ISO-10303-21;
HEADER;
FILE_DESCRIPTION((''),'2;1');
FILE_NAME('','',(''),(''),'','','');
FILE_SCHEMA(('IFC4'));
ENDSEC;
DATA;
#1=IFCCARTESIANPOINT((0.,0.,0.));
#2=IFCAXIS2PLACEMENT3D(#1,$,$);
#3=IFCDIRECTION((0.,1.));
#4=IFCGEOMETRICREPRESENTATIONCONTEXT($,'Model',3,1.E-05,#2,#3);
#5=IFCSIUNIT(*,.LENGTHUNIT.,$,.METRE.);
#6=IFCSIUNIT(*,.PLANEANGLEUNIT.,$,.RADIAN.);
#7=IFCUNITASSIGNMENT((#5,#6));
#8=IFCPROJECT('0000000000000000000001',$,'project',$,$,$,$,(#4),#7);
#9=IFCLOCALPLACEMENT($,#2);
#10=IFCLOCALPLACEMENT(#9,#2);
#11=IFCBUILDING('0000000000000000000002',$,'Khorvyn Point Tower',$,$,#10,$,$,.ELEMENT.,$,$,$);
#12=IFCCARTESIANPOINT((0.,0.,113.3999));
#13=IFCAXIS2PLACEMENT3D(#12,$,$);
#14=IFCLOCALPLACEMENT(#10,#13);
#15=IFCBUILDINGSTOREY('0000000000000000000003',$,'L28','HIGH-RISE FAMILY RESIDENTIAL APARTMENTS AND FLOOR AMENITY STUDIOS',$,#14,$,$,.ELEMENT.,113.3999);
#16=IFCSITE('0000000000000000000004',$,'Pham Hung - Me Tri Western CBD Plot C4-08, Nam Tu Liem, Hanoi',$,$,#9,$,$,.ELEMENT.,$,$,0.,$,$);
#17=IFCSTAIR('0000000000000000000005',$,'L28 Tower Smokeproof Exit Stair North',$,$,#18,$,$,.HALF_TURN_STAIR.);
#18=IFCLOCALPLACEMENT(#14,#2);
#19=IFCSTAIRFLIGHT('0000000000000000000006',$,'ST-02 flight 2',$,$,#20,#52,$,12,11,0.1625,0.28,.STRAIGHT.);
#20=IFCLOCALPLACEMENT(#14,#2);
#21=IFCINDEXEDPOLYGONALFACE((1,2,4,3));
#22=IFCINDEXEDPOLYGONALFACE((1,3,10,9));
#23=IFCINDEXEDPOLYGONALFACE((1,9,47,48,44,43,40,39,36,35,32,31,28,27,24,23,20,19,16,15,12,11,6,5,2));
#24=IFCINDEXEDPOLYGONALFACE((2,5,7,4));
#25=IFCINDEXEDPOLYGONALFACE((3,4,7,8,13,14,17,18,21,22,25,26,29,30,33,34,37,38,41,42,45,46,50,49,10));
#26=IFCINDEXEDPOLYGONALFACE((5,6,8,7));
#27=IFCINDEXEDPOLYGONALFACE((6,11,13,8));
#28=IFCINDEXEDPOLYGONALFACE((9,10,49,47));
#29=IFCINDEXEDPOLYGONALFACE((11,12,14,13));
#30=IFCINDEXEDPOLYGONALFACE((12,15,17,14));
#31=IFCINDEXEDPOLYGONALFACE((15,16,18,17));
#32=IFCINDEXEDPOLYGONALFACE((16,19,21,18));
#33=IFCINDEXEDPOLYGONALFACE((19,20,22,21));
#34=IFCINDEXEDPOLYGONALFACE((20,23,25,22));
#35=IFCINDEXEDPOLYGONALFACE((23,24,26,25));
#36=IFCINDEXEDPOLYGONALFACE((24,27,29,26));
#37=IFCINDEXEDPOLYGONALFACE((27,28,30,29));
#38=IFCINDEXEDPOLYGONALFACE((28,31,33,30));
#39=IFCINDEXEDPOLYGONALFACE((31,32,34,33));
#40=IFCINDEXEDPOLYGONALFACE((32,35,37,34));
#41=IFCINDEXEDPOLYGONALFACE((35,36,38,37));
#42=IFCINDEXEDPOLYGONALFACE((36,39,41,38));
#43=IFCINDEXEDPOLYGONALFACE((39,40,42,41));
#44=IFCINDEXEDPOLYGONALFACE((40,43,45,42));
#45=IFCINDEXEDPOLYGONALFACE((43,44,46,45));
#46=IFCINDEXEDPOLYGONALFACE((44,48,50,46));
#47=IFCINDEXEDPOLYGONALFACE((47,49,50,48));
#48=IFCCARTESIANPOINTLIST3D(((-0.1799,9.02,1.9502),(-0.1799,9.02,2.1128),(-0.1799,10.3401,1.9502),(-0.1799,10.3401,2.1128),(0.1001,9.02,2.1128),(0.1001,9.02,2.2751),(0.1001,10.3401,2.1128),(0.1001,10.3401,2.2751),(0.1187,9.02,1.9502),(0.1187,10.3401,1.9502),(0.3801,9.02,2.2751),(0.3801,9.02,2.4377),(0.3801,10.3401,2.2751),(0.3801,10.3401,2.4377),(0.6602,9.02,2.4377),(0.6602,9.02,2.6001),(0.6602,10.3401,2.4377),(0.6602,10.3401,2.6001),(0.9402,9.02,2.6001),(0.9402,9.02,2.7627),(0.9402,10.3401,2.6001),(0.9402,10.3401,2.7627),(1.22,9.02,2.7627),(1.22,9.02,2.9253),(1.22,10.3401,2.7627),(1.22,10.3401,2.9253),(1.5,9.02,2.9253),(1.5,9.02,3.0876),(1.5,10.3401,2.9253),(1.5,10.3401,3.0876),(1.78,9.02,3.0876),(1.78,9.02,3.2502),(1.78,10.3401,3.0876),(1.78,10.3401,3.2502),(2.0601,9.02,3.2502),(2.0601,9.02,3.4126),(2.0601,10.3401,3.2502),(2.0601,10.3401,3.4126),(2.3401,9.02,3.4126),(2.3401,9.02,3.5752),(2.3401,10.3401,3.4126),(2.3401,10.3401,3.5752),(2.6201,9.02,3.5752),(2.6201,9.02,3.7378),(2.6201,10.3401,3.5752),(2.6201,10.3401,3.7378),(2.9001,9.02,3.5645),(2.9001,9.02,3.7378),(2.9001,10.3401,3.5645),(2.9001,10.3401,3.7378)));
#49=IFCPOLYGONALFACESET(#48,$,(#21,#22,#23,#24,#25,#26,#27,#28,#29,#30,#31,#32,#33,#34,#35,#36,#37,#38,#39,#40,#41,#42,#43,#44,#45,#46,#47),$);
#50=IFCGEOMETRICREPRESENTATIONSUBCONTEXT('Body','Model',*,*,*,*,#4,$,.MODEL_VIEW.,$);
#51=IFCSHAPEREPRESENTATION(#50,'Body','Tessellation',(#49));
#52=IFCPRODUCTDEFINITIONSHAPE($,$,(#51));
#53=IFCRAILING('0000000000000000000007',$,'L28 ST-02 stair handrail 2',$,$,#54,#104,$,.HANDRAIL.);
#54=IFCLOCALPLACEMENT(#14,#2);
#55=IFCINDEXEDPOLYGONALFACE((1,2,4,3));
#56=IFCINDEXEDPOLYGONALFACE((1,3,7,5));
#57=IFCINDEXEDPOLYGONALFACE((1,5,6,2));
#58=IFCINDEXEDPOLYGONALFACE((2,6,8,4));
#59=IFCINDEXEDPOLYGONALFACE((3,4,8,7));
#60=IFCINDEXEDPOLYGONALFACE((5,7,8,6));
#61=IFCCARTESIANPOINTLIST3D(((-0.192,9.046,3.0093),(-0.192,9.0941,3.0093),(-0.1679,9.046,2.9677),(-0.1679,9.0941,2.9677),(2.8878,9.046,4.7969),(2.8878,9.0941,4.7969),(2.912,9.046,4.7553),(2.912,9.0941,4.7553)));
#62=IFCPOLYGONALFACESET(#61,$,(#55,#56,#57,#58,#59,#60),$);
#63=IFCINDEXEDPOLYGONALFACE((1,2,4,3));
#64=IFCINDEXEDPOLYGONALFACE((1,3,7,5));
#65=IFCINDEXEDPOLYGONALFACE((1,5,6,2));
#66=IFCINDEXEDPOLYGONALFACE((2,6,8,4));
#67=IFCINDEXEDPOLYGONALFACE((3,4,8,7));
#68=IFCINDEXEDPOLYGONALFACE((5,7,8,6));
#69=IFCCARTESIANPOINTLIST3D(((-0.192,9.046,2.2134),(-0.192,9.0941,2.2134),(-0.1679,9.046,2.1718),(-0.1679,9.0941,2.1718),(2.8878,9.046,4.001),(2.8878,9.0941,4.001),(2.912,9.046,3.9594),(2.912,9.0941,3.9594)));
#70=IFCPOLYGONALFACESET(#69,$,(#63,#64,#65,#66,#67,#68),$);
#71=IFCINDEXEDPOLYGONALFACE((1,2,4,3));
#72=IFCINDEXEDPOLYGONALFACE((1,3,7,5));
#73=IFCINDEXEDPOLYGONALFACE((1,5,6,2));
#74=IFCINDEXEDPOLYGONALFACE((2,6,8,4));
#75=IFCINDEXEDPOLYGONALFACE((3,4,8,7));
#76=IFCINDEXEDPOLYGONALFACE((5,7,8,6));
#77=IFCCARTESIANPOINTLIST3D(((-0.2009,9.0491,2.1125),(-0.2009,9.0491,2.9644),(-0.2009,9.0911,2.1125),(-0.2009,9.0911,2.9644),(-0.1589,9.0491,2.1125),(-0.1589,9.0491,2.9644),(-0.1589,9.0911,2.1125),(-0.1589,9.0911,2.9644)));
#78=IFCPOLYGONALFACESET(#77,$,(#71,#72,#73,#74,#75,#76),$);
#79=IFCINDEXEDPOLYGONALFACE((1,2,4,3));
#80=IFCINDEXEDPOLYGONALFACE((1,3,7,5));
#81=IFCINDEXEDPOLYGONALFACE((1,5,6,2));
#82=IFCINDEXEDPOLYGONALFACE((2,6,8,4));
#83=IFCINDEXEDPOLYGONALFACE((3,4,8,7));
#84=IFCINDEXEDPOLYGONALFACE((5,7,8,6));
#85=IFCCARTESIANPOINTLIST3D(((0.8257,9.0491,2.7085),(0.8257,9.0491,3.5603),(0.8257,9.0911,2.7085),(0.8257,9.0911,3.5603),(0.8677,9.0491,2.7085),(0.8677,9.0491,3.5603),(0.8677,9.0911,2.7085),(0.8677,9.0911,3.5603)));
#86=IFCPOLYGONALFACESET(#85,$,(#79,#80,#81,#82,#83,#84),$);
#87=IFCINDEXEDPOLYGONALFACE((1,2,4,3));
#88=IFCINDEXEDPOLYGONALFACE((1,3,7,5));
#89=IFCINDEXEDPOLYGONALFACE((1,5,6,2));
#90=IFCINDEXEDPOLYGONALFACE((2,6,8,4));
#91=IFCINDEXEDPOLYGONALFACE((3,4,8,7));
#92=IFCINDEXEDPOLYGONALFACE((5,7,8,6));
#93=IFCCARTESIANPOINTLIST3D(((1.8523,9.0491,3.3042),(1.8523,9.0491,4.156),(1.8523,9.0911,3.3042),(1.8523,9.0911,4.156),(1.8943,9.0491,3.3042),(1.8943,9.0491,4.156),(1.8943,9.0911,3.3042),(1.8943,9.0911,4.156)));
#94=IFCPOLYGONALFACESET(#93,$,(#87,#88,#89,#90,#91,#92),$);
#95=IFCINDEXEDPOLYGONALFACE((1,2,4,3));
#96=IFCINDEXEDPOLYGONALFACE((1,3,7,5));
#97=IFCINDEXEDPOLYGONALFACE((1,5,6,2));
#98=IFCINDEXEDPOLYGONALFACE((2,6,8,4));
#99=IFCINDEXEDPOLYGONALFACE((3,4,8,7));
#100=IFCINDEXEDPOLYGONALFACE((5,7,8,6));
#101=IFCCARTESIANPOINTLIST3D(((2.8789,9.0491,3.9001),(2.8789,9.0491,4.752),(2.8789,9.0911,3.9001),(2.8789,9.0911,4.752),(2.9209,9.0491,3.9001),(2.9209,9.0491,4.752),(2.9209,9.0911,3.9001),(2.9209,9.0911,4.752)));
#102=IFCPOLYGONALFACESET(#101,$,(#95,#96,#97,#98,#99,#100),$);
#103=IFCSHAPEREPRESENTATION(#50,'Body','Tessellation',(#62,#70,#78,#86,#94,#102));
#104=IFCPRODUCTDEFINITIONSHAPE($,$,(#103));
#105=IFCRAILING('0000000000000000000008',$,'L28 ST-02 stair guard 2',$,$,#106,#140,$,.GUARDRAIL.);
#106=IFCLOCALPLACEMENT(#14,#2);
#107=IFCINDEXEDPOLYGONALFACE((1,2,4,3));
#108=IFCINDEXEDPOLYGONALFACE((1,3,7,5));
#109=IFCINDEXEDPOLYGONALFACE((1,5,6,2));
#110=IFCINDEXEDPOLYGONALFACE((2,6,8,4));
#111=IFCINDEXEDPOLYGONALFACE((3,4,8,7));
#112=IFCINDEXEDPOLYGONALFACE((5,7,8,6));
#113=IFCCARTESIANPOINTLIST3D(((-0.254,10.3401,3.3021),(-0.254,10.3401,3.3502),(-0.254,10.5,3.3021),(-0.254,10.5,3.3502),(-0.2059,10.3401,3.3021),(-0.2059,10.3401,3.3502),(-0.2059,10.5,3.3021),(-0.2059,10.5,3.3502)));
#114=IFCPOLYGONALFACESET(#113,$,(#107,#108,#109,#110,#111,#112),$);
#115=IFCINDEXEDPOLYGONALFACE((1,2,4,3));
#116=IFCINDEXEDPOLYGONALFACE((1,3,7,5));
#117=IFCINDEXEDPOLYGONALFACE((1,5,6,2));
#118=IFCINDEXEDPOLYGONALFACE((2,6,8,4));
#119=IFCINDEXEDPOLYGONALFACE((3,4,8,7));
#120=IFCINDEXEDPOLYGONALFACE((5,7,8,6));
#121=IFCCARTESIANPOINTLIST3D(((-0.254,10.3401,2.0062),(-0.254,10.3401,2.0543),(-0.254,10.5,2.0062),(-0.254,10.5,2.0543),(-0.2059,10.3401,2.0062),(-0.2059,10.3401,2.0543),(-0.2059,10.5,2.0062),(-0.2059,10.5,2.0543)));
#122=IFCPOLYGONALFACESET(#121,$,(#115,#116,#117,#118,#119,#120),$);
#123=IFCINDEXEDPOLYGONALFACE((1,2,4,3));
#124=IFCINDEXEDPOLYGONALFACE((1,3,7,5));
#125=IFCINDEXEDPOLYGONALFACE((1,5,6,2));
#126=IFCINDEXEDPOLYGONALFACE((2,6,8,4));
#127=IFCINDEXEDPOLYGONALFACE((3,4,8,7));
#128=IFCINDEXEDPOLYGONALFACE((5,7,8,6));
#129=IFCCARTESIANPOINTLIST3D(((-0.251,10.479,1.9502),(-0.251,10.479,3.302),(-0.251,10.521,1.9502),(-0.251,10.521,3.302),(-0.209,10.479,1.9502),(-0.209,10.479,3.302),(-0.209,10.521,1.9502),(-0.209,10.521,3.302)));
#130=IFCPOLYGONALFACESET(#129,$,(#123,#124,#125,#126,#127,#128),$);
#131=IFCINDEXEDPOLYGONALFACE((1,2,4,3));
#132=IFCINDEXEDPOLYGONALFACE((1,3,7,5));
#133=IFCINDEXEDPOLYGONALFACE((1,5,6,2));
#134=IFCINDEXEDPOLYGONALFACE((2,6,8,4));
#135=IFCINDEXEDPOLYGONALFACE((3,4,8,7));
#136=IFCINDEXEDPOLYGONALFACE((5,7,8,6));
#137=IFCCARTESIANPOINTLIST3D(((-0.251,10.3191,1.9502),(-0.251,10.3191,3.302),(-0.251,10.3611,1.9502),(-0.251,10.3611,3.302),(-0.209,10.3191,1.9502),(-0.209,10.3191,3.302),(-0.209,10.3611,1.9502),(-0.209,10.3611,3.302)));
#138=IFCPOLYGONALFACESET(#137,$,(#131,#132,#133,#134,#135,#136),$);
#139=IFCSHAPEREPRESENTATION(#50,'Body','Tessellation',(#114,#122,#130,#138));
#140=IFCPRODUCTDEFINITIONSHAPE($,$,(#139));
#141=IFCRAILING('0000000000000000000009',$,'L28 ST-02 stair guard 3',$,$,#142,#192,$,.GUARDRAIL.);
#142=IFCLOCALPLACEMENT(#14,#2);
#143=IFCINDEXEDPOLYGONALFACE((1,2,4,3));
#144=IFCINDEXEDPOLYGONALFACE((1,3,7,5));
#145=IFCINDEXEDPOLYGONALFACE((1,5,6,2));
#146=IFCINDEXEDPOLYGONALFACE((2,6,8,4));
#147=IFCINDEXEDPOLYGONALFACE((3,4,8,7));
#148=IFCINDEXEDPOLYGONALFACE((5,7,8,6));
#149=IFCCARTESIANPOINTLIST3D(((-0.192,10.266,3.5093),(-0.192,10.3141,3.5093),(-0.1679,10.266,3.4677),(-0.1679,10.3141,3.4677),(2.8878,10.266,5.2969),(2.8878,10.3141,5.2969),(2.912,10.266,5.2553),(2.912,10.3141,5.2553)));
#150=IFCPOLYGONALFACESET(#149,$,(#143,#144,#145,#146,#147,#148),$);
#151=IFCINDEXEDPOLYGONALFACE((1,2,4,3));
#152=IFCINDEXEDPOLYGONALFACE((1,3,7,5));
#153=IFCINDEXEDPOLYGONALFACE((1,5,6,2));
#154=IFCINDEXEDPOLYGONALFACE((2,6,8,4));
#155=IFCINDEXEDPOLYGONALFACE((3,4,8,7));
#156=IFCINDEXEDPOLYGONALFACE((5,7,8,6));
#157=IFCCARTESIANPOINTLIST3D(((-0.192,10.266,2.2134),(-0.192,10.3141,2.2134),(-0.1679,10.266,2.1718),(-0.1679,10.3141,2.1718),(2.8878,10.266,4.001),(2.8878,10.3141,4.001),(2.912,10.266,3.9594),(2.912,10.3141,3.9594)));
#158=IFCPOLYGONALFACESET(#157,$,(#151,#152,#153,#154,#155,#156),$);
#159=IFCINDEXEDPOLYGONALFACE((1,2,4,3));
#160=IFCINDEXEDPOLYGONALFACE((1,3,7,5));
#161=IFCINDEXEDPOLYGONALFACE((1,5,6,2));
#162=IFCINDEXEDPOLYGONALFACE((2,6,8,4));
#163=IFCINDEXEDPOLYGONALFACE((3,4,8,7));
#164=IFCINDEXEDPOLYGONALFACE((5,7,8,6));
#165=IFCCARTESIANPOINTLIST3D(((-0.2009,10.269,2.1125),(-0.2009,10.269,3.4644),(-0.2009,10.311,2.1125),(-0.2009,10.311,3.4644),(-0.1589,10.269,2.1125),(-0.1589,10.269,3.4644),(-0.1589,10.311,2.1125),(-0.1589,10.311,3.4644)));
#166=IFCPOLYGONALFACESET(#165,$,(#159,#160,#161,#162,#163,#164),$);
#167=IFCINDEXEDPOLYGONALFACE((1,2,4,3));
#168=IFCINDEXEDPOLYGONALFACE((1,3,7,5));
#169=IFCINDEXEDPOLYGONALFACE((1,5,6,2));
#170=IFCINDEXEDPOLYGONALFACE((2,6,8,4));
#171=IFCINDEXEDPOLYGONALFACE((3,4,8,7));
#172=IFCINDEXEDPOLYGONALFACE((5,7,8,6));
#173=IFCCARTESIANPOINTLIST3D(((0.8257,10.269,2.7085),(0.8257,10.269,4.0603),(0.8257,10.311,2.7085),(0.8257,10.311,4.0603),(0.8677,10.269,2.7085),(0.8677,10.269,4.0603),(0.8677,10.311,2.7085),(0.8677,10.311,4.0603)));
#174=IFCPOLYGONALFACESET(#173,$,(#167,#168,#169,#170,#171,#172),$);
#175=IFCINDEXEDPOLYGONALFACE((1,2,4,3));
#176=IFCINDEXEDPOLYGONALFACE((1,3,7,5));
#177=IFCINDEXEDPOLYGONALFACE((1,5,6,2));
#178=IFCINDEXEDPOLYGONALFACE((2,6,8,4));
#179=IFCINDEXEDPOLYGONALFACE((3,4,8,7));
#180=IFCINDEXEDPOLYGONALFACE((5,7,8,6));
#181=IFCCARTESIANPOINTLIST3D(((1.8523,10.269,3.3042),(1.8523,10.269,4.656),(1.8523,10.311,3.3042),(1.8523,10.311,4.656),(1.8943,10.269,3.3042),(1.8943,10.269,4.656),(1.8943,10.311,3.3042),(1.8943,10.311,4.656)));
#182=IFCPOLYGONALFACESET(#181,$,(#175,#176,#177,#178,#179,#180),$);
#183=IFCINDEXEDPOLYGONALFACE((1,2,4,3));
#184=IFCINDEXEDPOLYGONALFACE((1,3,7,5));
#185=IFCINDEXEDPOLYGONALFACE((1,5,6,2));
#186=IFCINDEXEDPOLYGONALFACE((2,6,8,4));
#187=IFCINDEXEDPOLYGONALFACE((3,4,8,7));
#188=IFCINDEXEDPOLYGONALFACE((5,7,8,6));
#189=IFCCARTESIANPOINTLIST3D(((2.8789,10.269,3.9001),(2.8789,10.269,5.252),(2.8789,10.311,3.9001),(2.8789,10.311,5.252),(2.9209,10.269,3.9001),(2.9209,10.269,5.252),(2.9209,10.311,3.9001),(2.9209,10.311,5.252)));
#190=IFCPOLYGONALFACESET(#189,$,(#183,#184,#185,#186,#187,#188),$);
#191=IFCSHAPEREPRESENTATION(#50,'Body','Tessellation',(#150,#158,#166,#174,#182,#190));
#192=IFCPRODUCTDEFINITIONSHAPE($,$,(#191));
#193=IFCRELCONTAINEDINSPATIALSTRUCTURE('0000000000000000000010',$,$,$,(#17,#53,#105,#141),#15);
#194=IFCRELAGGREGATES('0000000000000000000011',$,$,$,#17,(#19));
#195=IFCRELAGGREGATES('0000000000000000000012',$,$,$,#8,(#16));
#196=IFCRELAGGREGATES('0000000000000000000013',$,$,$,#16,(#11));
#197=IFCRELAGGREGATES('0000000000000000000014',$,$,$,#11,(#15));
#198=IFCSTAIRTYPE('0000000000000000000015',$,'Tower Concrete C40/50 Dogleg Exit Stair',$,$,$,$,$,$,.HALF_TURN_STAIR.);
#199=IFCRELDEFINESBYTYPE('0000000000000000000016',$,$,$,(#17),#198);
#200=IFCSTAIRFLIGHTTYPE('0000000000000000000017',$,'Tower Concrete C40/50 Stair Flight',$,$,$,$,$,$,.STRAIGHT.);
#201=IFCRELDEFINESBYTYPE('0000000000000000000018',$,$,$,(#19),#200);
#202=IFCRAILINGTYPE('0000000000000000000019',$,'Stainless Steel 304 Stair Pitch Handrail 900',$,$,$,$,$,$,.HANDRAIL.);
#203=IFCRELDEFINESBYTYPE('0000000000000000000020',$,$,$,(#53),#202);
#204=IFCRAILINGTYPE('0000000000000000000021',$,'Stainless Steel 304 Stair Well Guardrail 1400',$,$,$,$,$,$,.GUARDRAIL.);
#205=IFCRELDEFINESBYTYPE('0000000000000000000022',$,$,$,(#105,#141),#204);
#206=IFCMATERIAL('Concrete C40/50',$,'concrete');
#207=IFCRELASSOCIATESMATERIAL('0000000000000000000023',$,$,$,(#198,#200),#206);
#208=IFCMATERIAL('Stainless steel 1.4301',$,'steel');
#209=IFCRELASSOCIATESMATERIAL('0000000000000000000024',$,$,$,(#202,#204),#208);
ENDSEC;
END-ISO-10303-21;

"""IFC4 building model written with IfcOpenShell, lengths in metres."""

from ifc_helpers import new_model, si_unit, direction, frame, origin, origin_2d, place, context, subcontext, project, spatial, polyline, rectangle, outline, extrude, material, type_object, element, aggregate, save


model = new_model("IFC4")

# Units and contexts
model_context = context("Model", 3, precision=1e-05, world=origin(), true_north=direction((0.0, 1.0)))
body_context = subcontext(model_context, "Body", "Model", "MODEL_VIEW")
ifc_project = project(units=[si_unit("LENGTHUNIT", "METRE"), si_unit("PLANEANGLEUNIT", "RADIAN")], contexts=[model_context])

# Site, building, storey
site_placement = place(None, origin())
site = spatial("IfcSite", under=ifc_project, at=site_placement, Name="Pham Hung - Me Tri Western CBD Plot C4-08, Nam Tu Liem, Hanoi", CompositionType="ELEMENT", RefElevation=0.0)
building_placement = place(site_placement, origin())
building = spatial("IfcBuilding", under=site, at=building_placement, Name="Khorvyn Point Tower", CompositionType="ELEMENT")
storey_placement = place(building_placement, frame((0.0, 0.0, 113.3999)))
storey = spatial("IfcBuildingStorey", under=building, at=storey_placement, Name="L28", Description="HIGH-RISE FAMILY RESIDENTIAL APARTMENTS AND FLOOR AMENITY STUDIOS", CompositionType="ELEMENT", Elevation=113.3999)

# Shared definitions
ifc_material_1 = material(Name="Concrete C40/50", Category="concrete")

# Shared definitions
ifc_material_2 = material(Name="Stainless steel 1.4301", Category="steel")

# Stair, stair flight
stair_type = type_object("IfcStairType", Name="Tower Concrete C40/50 Dogleg Exit Stair", PredefinedType="HALF_TURN_STAIR", material=ifc_material_1)
stair_placement = place(storey_placement, origin())
stair = element("IfcStair", 1, at=stair_placement, inside=storey, type_object=stair_type, Name="L28 Tower Smokeproof Exit Stair North", PredefinedType="HALF_TURN_STAIR")
stair_flight_type = type_object("IfcStairFlightType", Name="Tower Concrete C40/50 Stair Flight", PredefinedType="STRAIGHT", material=ifc_material_1)
stair_flight_placement = place(storey_placement, frame((-0.1799, 9.6799, 1.9502), z_axis=(0.0, 0.0, 1.0), x_axis=(1.0, 0.0, 0.0)))
stair_flight = element("IfcStairFlight", 2, at=stair_flight_placement, type_object=stair_flight_type, Name="ST-02 flight 2", NumberOfRisers=12, NumberOfTreads=11, PredefinedType="STRAIGHT", RiserHeight=0.1625, TreadLength=0.28, context=body_context, shape_type="SweptSolid", body=[
    extrude(outline(polyline([(0.0, 0.0), (0.0, 0.1626), (0.28, 0.1626), (0.28, 0.325), (0.5601, 0.325), (0.5601, 0.4875), (0.8401, 0.4875), (0.8401, 0.6499), (1.1201, 0.6499), (1.1201, 0.8125), (1.3999, 0.8125), (1.3999, 0.9751), (1.6799, 0.9751), (1.6799, 1.1375), (1.96, 1.1375), (1.96, 1.3), (2.24, 1.3), (2.24, 1.4624), (2.52, 1.4624), (2.52, 1.625), (2.8, 1.625), (2.8, 1.7876), (3.0801, 1.7876), (3.0801, 1.95), (3.0801, 1.6143), (0.2986, 0.0), (0.0, 0.0)])), frame((0.0, 0.6602, 0.0), z_axis=(0.0, -1.0, 0.0), x_axis=(1.0, 0.0, 0.0)), (0.0, 0.0, 1.0), 1.3201),
])
aggregate(stair, [stair_flight])

# Railings
railing_type_1 = type_object("IfcRailingType", Name="Stainless Steel 304 Stair Pitch Handrail 900", PredefinedType="HANDRAIL", material=ifc_material_2)
railing_1_placement = place(storey_placement, frame((-0.1799, 9.0701, 2.1125)))
element("IfcRailing", 3, at=railing_1_placement, inside=storey, type_object=railing_type_1, Name="L28 ST-02 stair handrail 2", PredefinedType="HANDRAIL", context=body_context, shape_type="SweptSolid", body=[
    extrude(rectangle(XDim=0.0481, YDim=0.0481, at=origin_2d()), frame((0.0, 0.0, 0.876), z_axis=(0.864873, 0.0, 0.50199), x_axis=(0.0, 1.0, 0.0)), (0.0, 0.0, 1.0), 3.561),
    extrude(rectangle(XDim=0.0481, YDim=0.0481, at=origin_2d()), frame((0.0, 0.0, 0.0801), z_axis=(0.864873, 0.0, 0.50199), x_axis=(0.0, 1.0, 0.0)), (0.0, 0.0, 1.0), 3.561),
    extrude(rectangle(XDim=0.042, YDim=0.042, at=origin_2d()), origin(), (0.0, 0.0, 1.0), 0.8518),
    extrude(rectangle(XDim=0.042, YDim=0.042, at=origin_2d()), frame((1.0266, 0.0, 0.5959)), (0.0, 0.0, 1.0), 0.8518),
    extrude(rectangle(XDim=0.042, YDim=0.042, at=origin_2d()), frame((2.0532, 0.0, 1.1917)), (0.0, 0.0, 1.0), 0.8518),
    extrude(rectangle(XDim=0.042, YDim=0.042, at=origin_2d()), frame((3.0798, 0.0, 1.7876)), (0.0, 0.0, 1.0), 0.8518),
])
railing_type_2 = type_object("IfcRailingType", Name="Stainless Steel 304 Stair Well Guardrail 1400", PredefinedType="GUARDRAIL", material=ifc_material_2)
railing_2_placement = place(storey_placement, frame((-0.23, 10.5, 1.9502)))
element("IfcRailing", 4, at=railing_2_placement, inside=storey, type_object=railing_type_2, Name="L28 ST-02 stair guard 2", PredefinedType="GUARDRAIL", context=body_context, shape_type="SweptSolid", body=[
    extrude(rectangle(XDim=0.0481, YDim=0.0481, at=origin_2d()), frame((0.0, 0.0, 1.376), z_axis=(0.0, -1.0, 0.0), x_axis=(1.0, 0.0, 0.0)), (0.0, 0.0, 1.0), 0.1599),
    extrude(rectangle(XDim=0.0481, YDim=0.0481, at=origin_2d()), frame((0.0, 0.0, 0.0801), z_axis=(0.0, -1.0, 0.0), x_axis=(1.0, 0.0, 0.0)), (0.0, 0.0, 1.0), 0.1599),
    extrude(rectangle(XDim=0.042, YDim=0.042, at=origin_2d()), origin(), (0.0, 0.0, 1.0), 1.3518),
    extrude(rectangle(XDim=0.042, YDim=0.042, at=origin_2d()), frame((0.0, -0.1599, 0.0)), (0.0, 0.0, 1.0), 1.3518),
])
railing_3_placement = place(storey_placement, frame((-0.1799, 10.29, 2.1125)))
element("IfcRailing", 5, at=railing_3_placement, inside=storey, type_object=railing_type_2, Name="L28 ST-02 stair guard 3", PredefinedType="GUARDRAIL", context=body_context, shape_type="SweptSolid", body=[
    extrude(rectangle(XDim=0.0481, YDim=0.0481, at=origin_2d()), frame((0.0, 0.0, 1.376), z_axis=(0.864873, 0.0, 0.50199), x_axis=(0.0, 1.0, 0.0)), (0.0, 0.0, 1.0), 3.561),
    extrude(rectangle(XDim=0.0481, YDim=0.0481, at=origin_2d()), frame((0.0, 0.0, 0.0801), z_axis=(0.864873, 0.0, 0.50199), x_axis=(0.0, 1.0, 0.0)), (0.0, 0.0, 1.0), 3.561),
    extrude(rectangle(XDim=0.042, YDim=0.042, at=origin_2d()), origin(), (0.0, 0.0, 1.0), 1.3518),
    extrude(rectangle(XDim=0.042, YDim=0.042, at=origin_2d()), frame((1.0266, 0.0, 0.5959)), (0.0, 0.0, 1.0), 1.3518),
    extrude(rectangle(XDim=0.042, YDim=0.042, at=origin_2d()), frame((2.0532, 0.0, 1.1917)), (0.0, 0.0, 1.0), 1.3518),
    extrude(rectangle(XDim=0.042, YDim=0.042, at=origin_2d()), frame((3.0798, 0.0, 1.7876)), (0.0, 0.0, 1.0), 1.3518),
])

save(model, "model.ifc")
